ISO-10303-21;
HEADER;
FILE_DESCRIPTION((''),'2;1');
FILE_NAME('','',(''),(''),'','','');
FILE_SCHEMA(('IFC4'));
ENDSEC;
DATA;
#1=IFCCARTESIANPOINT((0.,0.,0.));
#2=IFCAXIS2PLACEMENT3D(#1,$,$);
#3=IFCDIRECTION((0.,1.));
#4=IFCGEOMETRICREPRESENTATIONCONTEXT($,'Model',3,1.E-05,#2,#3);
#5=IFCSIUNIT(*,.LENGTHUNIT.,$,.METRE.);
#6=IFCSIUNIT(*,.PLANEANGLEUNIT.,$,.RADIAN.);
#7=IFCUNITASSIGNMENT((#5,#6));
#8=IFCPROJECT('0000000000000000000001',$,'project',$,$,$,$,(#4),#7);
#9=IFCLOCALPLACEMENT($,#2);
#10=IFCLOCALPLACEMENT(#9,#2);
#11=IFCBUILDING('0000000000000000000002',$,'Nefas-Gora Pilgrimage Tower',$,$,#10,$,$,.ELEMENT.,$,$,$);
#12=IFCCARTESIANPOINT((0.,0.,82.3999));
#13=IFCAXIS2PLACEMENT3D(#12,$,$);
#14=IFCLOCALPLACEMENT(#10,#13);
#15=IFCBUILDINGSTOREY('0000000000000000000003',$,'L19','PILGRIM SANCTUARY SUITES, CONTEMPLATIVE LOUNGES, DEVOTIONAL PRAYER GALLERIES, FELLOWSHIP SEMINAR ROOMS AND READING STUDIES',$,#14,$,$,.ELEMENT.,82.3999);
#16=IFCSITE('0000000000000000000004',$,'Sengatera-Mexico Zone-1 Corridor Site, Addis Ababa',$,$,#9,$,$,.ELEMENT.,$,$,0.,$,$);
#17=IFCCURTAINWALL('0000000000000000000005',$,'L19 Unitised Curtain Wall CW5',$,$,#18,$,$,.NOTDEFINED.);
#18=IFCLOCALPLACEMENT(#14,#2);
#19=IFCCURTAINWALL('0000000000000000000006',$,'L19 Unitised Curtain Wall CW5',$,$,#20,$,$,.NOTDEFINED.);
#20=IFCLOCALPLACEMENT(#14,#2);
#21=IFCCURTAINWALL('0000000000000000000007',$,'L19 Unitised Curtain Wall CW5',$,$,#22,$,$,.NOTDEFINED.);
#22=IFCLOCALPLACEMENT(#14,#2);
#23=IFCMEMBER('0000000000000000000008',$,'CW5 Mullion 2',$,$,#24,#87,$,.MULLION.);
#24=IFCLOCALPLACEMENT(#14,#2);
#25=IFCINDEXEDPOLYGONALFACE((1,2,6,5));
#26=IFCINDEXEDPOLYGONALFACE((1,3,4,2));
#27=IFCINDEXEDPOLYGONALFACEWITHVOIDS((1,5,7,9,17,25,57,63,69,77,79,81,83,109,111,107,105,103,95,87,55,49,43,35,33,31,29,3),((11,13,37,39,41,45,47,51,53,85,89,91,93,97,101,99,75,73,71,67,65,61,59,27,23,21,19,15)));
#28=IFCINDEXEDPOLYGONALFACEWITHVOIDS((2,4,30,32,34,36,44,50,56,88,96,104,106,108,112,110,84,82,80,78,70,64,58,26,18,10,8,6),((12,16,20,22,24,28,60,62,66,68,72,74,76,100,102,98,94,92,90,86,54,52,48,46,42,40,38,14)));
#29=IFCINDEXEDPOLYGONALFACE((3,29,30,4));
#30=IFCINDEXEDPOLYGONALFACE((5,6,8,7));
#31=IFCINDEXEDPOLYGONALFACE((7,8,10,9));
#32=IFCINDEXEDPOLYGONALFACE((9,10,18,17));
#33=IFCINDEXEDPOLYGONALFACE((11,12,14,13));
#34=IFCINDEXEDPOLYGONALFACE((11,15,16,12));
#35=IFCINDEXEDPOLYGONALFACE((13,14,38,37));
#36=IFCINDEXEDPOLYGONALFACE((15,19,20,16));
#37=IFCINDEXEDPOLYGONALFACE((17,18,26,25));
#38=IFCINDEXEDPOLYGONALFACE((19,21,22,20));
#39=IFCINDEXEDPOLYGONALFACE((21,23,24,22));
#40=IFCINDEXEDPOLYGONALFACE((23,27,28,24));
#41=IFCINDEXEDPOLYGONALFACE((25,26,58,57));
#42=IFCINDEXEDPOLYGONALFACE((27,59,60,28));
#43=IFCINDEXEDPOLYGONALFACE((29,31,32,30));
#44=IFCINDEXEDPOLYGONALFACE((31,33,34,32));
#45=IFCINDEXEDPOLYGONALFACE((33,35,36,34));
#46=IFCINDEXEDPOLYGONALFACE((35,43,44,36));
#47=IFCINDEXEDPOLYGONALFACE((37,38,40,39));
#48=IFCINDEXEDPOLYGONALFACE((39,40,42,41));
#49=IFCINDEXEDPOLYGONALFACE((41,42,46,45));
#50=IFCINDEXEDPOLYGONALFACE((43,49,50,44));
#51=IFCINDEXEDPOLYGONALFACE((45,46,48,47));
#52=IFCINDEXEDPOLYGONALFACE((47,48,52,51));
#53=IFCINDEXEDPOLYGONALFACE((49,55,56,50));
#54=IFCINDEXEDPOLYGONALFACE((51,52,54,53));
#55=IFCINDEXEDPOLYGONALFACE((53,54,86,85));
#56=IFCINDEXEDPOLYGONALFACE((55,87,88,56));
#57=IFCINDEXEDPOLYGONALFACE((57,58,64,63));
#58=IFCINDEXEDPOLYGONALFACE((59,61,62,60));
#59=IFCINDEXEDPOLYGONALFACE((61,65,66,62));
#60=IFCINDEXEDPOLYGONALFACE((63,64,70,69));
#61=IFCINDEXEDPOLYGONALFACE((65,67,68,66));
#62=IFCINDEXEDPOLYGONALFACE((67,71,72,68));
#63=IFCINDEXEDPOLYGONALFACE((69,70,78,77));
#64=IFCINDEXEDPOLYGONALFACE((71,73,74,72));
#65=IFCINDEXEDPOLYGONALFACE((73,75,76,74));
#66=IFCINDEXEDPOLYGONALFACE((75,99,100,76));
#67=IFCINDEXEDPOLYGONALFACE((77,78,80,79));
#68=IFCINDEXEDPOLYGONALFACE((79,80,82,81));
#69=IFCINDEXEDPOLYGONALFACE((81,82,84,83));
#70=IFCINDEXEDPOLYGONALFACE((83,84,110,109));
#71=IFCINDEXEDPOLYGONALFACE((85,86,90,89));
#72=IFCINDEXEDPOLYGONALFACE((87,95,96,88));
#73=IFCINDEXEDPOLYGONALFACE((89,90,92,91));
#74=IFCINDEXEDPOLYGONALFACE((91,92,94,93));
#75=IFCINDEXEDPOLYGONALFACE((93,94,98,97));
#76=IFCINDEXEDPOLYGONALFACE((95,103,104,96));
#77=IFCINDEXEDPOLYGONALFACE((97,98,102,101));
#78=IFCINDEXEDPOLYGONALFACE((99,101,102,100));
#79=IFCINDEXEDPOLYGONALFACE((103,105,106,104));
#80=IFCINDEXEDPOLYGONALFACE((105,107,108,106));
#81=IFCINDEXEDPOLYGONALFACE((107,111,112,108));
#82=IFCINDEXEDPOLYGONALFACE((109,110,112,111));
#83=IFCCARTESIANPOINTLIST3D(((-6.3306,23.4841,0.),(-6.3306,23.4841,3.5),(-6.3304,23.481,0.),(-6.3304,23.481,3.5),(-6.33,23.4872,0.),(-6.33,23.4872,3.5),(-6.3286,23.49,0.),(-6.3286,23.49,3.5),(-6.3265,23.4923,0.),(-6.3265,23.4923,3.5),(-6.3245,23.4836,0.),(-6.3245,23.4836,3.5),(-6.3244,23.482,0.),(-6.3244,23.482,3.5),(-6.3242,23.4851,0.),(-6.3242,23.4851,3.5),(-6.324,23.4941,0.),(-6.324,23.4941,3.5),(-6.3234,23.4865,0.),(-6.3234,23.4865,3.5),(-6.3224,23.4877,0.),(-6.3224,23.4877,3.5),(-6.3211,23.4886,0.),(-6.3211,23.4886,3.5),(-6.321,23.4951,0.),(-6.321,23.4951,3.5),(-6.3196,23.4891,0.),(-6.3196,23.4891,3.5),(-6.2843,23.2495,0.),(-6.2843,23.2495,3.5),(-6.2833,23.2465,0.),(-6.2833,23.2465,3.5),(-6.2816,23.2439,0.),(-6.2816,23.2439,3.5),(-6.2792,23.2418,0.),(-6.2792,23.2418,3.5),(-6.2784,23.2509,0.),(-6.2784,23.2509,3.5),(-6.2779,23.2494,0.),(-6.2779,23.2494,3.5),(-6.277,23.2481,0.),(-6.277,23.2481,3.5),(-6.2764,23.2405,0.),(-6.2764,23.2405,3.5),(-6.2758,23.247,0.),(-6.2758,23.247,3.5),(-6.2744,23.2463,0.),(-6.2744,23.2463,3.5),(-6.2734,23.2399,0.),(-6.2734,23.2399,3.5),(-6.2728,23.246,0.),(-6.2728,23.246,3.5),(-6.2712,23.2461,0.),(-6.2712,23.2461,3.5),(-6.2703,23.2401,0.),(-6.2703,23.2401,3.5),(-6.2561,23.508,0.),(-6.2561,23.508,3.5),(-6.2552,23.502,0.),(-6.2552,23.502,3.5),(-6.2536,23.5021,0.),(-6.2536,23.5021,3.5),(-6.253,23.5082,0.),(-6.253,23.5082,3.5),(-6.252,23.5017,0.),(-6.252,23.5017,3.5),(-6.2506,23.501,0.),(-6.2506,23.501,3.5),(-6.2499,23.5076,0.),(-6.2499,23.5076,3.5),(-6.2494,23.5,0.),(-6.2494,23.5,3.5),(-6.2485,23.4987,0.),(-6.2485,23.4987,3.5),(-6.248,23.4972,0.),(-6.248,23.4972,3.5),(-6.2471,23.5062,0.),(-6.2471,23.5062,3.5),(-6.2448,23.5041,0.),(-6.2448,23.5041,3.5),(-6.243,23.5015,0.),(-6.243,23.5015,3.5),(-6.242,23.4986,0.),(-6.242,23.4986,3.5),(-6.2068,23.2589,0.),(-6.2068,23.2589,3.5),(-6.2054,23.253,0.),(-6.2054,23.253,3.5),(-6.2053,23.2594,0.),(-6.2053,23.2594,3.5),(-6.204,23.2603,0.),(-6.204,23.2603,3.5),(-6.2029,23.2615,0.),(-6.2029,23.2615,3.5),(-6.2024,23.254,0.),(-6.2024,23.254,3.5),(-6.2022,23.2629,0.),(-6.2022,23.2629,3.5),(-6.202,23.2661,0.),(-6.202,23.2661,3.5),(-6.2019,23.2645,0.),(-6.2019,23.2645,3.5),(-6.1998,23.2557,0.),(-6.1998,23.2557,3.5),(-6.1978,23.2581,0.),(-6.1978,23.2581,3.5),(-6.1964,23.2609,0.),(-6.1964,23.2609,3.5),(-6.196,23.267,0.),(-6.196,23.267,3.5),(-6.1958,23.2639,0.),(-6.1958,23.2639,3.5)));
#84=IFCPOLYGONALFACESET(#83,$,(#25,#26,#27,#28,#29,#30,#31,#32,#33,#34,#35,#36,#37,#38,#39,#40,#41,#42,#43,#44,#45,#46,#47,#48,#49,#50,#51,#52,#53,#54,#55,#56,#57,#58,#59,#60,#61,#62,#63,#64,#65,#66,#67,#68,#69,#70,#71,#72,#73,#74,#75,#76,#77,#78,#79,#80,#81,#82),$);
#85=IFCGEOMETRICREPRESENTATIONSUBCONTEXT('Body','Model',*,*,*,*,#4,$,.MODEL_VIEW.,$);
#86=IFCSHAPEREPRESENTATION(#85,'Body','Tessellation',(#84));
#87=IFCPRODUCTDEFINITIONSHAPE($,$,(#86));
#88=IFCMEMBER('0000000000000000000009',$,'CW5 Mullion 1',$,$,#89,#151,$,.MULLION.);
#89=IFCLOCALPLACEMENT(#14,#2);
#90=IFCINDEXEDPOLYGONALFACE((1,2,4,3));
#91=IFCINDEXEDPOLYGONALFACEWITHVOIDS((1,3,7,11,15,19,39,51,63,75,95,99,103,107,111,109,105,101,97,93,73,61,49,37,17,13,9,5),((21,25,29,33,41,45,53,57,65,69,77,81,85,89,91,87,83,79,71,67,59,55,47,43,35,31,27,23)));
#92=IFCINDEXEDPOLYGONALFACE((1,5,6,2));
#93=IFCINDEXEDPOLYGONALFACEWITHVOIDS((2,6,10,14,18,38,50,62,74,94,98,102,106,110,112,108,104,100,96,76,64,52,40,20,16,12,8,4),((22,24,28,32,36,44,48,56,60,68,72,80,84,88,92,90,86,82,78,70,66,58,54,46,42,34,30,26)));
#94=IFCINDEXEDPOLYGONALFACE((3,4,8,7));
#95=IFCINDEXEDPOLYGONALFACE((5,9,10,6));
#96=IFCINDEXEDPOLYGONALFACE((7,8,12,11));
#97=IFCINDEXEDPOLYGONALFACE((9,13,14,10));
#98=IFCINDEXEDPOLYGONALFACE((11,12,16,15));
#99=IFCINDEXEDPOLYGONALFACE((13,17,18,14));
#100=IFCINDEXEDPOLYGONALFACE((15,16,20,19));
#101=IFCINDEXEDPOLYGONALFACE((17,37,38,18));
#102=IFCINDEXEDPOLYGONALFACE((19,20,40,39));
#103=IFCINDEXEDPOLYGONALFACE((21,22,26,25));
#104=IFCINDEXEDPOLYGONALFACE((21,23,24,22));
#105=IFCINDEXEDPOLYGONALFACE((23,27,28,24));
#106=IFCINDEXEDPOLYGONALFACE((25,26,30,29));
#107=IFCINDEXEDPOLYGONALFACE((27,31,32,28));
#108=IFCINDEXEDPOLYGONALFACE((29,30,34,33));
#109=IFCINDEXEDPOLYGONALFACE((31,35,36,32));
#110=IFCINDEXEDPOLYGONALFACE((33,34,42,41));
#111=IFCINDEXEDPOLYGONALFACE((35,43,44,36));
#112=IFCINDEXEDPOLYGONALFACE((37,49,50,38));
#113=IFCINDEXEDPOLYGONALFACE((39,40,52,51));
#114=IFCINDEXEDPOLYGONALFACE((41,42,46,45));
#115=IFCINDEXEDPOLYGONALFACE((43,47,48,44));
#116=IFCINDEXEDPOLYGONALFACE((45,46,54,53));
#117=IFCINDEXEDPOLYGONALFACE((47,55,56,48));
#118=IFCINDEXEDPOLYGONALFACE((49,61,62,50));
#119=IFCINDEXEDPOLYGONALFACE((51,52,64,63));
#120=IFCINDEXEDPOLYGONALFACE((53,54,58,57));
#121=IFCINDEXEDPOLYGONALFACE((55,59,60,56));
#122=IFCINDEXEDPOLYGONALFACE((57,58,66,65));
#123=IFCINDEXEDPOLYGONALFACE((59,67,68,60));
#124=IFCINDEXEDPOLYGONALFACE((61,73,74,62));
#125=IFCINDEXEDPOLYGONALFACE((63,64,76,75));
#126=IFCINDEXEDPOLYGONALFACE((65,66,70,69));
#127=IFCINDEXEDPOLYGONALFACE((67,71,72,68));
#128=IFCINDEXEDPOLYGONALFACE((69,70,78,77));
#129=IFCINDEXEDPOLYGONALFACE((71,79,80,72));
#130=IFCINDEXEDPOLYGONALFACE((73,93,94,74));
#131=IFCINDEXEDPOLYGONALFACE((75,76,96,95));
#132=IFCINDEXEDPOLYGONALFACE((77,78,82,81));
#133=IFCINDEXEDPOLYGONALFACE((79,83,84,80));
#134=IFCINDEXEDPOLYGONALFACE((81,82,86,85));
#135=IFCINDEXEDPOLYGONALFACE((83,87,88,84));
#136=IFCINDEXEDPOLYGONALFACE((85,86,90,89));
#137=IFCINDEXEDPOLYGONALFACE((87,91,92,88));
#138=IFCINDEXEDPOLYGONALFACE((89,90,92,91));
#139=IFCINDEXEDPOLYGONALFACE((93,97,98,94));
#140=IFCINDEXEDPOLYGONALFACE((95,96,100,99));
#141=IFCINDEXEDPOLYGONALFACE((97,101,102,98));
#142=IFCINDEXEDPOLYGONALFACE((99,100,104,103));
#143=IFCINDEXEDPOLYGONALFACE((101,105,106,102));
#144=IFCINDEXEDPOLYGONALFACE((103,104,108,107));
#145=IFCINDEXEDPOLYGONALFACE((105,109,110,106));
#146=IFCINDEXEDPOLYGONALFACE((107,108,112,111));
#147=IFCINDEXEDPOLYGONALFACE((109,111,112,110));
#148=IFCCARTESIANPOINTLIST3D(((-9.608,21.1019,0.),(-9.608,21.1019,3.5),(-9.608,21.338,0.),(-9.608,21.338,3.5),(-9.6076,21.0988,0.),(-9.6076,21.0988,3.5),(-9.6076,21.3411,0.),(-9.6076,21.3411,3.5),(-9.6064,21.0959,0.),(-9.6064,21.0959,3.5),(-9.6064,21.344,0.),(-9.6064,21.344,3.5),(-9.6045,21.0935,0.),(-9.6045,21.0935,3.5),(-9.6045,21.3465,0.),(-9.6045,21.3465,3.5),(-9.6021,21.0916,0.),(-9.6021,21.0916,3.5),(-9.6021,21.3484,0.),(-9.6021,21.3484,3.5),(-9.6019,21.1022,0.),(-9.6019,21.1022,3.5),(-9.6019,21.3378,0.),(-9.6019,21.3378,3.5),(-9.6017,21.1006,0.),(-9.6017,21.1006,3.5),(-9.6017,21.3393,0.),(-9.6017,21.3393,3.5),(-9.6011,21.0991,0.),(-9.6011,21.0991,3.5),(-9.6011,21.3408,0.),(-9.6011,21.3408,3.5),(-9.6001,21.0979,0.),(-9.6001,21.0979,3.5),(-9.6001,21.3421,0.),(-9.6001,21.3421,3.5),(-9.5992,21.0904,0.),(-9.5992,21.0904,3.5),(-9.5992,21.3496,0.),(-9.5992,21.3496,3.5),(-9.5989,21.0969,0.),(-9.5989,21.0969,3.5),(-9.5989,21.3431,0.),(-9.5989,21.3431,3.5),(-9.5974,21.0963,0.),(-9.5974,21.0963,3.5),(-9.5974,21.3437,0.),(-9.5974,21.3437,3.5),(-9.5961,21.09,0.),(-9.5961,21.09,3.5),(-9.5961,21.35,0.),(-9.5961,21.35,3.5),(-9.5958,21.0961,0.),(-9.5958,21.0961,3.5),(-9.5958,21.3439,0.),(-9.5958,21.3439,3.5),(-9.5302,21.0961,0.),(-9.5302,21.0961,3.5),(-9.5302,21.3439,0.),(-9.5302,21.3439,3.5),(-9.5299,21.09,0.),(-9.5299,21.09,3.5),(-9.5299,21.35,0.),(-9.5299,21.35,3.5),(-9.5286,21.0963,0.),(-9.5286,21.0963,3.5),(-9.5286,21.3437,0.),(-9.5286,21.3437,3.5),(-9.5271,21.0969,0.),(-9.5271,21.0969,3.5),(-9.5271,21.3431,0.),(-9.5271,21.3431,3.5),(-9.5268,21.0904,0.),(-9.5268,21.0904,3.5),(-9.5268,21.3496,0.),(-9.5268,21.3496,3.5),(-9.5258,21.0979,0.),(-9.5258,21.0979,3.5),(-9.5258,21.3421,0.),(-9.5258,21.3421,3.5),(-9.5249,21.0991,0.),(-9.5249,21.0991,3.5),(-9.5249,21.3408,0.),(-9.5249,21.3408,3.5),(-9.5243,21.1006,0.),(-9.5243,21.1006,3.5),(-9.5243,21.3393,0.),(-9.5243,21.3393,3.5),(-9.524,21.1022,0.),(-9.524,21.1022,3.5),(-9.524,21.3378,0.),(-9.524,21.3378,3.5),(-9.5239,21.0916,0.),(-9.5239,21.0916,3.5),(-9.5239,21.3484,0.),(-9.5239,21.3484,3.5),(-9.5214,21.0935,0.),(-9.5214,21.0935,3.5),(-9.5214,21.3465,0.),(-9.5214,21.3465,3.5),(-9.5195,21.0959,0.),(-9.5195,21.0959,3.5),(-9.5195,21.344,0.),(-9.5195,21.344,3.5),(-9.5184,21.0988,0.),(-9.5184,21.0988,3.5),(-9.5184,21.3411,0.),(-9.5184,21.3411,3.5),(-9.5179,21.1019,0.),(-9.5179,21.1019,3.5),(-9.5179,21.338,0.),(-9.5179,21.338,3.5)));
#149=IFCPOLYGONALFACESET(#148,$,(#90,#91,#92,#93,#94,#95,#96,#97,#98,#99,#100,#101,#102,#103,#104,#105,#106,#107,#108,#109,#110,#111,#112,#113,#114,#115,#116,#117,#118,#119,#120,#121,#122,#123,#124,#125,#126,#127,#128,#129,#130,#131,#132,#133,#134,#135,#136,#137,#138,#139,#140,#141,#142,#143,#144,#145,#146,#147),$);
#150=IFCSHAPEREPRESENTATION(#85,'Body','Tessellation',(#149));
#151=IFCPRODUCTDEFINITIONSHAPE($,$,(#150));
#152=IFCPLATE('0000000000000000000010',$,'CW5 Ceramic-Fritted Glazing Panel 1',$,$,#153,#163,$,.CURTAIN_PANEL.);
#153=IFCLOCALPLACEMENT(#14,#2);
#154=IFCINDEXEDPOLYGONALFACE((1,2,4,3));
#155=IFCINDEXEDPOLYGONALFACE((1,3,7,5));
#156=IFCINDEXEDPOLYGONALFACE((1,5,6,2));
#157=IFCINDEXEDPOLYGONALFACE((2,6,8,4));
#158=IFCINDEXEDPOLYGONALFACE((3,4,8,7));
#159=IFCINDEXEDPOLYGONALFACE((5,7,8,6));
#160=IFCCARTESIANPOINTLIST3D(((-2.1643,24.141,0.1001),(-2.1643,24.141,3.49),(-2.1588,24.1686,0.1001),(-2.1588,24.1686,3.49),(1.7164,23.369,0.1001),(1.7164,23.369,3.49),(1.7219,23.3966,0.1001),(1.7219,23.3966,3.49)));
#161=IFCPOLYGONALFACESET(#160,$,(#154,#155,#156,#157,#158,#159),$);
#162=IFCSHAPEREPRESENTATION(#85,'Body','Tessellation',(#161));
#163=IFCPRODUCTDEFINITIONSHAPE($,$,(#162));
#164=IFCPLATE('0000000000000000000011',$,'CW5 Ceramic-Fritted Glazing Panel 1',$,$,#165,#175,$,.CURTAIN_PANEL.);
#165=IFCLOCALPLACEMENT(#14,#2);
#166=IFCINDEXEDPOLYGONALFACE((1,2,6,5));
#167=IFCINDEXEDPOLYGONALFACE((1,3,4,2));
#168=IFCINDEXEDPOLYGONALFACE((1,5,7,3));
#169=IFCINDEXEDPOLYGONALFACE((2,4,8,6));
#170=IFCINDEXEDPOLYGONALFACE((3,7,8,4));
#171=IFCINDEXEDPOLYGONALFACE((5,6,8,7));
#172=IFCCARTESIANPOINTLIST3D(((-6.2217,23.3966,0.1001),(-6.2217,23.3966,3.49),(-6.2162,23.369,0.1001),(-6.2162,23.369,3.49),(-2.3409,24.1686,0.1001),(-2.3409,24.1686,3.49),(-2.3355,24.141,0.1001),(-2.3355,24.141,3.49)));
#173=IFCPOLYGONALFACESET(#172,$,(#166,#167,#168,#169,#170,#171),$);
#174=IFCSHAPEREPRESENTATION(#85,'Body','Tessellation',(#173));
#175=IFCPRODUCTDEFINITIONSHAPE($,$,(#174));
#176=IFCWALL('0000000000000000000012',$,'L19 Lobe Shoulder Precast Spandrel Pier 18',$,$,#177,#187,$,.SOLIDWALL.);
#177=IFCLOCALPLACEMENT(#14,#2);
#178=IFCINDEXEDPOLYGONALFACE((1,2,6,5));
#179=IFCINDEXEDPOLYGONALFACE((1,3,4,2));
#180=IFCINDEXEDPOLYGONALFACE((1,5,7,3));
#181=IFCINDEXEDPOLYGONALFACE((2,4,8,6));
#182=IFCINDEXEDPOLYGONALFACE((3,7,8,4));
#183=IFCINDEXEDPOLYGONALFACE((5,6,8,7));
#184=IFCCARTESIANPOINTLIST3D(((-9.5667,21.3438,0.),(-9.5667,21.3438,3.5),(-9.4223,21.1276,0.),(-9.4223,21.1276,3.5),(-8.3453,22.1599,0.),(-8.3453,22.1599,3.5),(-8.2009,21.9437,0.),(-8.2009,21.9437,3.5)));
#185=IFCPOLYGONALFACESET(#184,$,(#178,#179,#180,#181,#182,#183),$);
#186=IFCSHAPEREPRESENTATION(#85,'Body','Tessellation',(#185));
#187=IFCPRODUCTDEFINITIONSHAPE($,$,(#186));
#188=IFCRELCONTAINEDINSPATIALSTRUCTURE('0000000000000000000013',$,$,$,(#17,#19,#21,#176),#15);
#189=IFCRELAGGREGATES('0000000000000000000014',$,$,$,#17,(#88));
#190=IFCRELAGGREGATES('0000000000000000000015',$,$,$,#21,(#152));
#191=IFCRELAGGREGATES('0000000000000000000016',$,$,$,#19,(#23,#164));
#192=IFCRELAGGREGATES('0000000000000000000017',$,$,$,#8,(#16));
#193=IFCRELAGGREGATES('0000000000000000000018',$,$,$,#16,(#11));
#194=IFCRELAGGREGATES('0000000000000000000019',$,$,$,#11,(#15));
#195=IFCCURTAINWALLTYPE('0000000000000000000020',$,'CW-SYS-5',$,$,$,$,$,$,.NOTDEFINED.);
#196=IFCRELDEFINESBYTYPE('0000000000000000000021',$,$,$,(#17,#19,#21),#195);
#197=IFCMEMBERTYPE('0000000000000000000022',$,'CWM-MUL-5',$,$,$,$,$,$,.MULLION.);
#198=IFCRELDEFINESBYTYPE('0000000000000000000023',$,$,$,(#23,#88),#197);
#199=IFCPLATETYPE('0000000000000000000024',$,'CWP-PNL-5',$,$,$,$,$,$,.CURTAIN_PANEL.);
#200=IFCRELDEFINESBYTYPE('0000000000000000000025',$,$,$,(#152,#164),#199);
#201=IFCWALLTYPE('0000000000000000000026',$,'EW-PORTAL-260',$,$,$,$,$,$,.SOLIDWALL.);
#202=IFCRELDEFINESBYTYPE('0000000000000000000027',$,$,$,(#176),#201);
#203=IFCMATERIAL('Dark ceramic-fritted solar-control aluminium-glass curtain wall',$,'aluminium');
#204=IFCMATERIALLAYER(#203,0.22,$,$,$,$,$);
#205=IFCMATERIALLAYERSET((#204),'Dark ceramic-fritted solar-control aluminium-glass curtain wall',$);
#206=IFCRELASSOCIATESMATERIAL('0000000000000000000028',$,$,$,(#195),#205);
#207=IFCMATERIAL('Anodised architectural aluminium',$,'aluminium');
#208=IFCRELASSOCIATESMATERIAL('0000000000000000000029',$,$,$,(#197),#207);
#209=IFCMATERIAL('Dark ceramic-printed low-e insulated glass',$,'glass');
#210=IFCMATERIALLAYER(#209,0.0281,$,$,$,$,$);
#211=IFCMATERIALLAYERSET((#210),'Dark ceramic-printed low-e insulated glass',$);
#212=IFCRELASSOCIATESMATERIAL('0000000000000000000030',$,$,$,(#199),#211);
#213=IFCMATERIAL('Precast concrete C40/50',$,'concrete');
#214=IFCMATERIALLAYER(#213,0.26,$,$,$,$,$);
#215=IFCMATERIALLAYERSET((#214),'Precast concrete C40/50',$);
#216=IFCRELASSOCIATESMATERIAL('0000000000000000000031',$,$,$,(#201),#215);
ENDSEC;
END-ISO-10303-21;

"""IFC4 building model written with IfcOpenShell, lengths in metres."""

from ifc_helpers import new_model, si_unit, direction, frame, frame_2d, origin, origin_2d, place, context, subcontext, project, spatial, rectangle, hollow_rectangle, extrude, source, transform, mapped, material, layer, layer_set, material_profile, profile_set, type_object, element, aggregate, save


model = new_model("IFC4")

# Units and contexts
model_context = context("Model", 3, precision=1e-05, world=origin(), true_north=direction((0.0, 1.0)))
body_context = subcontext(model_context, "Body", "Model", "MODEL_VIEW")
ifc_project = project(units=[si_unit("LENGTHUNIT", "METRE"), si_unit("PLANEANGLEUNIT", "RADIAN")], contexts=[model_context])

# Site, building, storey
site_placement = place(None, origin())
site = spatial("IfcSite", under=ifc_project, at=site_placement, Name="Sengatera-Mexico Zone-1 Corridor Site, Addis Ababa", CompositionType="ELEMENT", RefElevation=0.0)
building_placement = place(site_placement, origin())
building = spatial("IfcBuilding", under=site, at=building_placement, Name="Nefas-Gora Pilgrimage Tower", CompositionType="ELEMENT")
storey_placement = place(building_placement, frame((0.0, 0.0, 82.3999)))
storey = spatial("IfcBuildingStorey", under=building, at=storey_placement, Name="L19", Description="PILGRIM SANCTUARY SUITES, CONTEMPLATIVE LOUNGES, DEVOTIONAL PRAYER GALLERIES, FELLOWSHIP SEMINAR ROOMS AND READING STUDIES", CompositionType="ELEMENT", Elevation=82.3999)

# Curtain walls
ifc_material_1 = material(Name="Dark ceramic-fritted solar-control aluminium-glass curtain wall", Category="aluminium")
ifc_layer_1 = layer(ifc_material_1, 0.22)
ifc_layer_set_1 = layer_set([ifc_layer_1], Name="Dark ceramic-fritted solar-control aluminium-glass curtain wall")
curtain_wall_type = type_object("IfcCurtainWallType", Name="CW-SYS-5", PredefinedType="NOTDEFINED", material=ifc_layer_set_1)
curtain_wall_1_placement = place(storey_placement, origin())
curtain_wall_1 = element("IfcCurtainWall", 1, at=curtain_wall_1_placement, inside=storey, type_object=curtain_wall_type, Name="L19 Unitised Curtain Wall CW5", PredefinedType="NOTDEFINED")
ifc_material_2 = material(Name="Anodised architectural aluminium", Category="aluminium")
curtain_wall_2_placement = place(storey_placement, origin())
curtain_wall_2 = element("IfcCurtainWall", 2, at=curtain_wall_2_placement, inside=storey, type_object=curtain_wall_type, Name="L19 Unitised Curtain Wall CW5", PredefinedType="NOTDEFINED")
curtain_wall_3_placement = place(storey_placement, origin())
curtain_wall_3 = element("IfcCurtainWall", 3, at=curtain_wall_3_placement, inside=storey, type_object=curtain_wall_type, Name="L19 Unitised Curtain Wall CW5", PredefinedType="NOTDEFINED")
ifc_material_profile_1 = material_profile(ifc_material_2, hollow_rectangle(XDim=0.0901, YDim=0.26, WallThickness=0.0061, InnerFilletRadius=0.0061, OuterFilletRadius=0.012, at=origin_2d()), Name="ALU MULLION 90x260")
ifc_profile_set_1 = profile_set([ifc_material_profile_1], Name="Anodised architectural aluminium")
member_type_1 = type_object("IfcMemberType", Name="CWM-MUL-5", PredefinedType="MULLION", material=ifc_profile_set_1)
shared_shape_1 = source(origin(), body_context, "Body", "SweptSolid", [
    extrude(hollow_rectangle(XDim=0.0901, YDim=0.26, WallThickness=0.0061, InnerFilletRadius=0.0061, OuterFilletRadius=0.012, at=origin_2d()), origin(), (0.0, 0.0, 1.0), 3.5),
])

# Members
member_1_placement = place(storey_placement, frame((-6.2632, 23.374, 0.0), z_axis=(0.0, 0.0, 1.0), x_axis=(-0.980783, -0.195102, 0.0)))
member_1 = element("IfcMember", 4, at=member_1_placement, type_object=member_type_1, Name="CW5 Mullion 2", PredefinedType="MULLION", context=body_context, shape_type="MappedRepresentation", body=[
    mapped(shared_shape_1, transform((0.0, 0.0, 0.0), x_axis=(1.0, 0.0, 0.0), y_axis=(0.0, 1.0, 0.0), z_axis=(0.0, 0.0, 1.0), scale=1.0)),
])
member_2_placement = place(storey_placement, frame((-9.563, 21.22, 0.0), z_axis=(0.0, 0.0, 1.0), x_axis=(-1.0, 0.0, 0.0)))
member_2 = element("IfcMember", 5, at=member_2_placement, type_object=member_type_1, Name="CW5 Mullion 1", PredefinedType="MULLION", context=body_context, shape_type="MappedRepresentation", body=[
    mapped(shared_shape_1, transform((0.0, 0.0, 0.0), x_axis=(1.0, 0.0, 0.0), y_axis=(0.0, 1.0, 0.0), z_axis=(0.0, 0.0, 1.0), scale=1.0)),
])
aggregate(curtain_wall_1, [member_2])

# Plates
ifc_material_3 = material(Name="Dark ceramic-printed low-e insulated glass", Category="glass")
ifc_layer_2 = layer(ifc_material_3, 0.0281)
ifc_layer_set_2 = layer_set([ifc_layer_2], Name="Dark ceramic-printed low-e insulated glass")
plate_type = type_object("IfcPlateType", Name="CWP-PNL-5", PredefinedType="CURTAIN_PANEL", material=ifc_layer_set_2)
shared_shape_2 = source(origin(), body_context, "Body", "SweptSolid", [
    extrude(rectangle(XDim=3.9568, YDim=0.0281, at=origin_2d()), origin(), (0.0, 0.0, 1.0), 3.3899),
])
plate_1_placement = place(storey_placement, frame((-0.2212, 23.7688, 0.1001), z_axis=(0.0, 0.0, 1.0), x_axis=(-0.980783, 0.195102, 0.0)))
plate_1 = element("IfcPlate", 6, at=plate_1_placement, type_object=plate_type, Name="CW5 Ceramic-Fritted Glazing Panel 1", PredefinedType="CURTAIN_PANEL", context=body_context, shape_type="MappedRepresentation", body=[
    mapped(shared_shape_2, transform((0.0, 0.0, 0.0), x_axis=(1.0, 0.0, 0.0), y_axis=(0.0, 1.0, 0.0), z_axis=(0.0, 0.0, 1.0), scale=1.0)),
])
aggregate(curtain_wall_3, [plate_1])
plate_2_placement = place(storey_placement, frame((-4.2786, 23.7688, 0.1001), z_axis=(0.0, 0.0, 1.0), x_axis=(-0.980783, -0.195102, 0.0)))
plate_2 = element("IfcPlate", 7, at=plate_2_placement, type_object=plate_type, Name="CW5 Ceramic-Fritted Glazing Panel 1", PredefinedType="CURTAIN_PANEL", context=body_context, shape_type="MappedRepresentation", body=[
    mapped(shared_shape_2, transform((0.0, 0.0, 0.0), x_axis=(1.0, 0.0, 0.0), y_axis=(0.0, 1.0, 0.0), z_axis=(0.0, 0.0, 1.0), scale=1.0)),
])
aggregate(curtain_wall_2, [member_1, plate_2])

# Wall
ifc_material_4 = material(Name="Precast concrete C40/50", Category="concrete")
ifc_layer_3 = layer(ifc_material_4, 0.26)
ifc_layer_set_3 = layer_set([ifc_layer_3], Name="Precast concrete C40/50")
wall_type_1 = type_object("IfcWallType", Name="EW-PORTAL-260", PredefinedType="SOLIDWALL", material=ifc_layer_set_3)
shared_shape_3 = source(origin(), body_context, "Body", "SweptSolid", [
    extrude(rectangle(XDim=1.469, YDim=0.26, at=frame_2d((0.7344, 0.0))), origin(), (0.0, 0.0, 1.0), 3.5),
])
wall_1_placement = place(storey_placement, frame((-8.2732, 22.0518, 0.0), z_axis=(0.0, 0.0, 1.0), x_axis=(-0.831462, -0.555582, 0.0)))
element("IfcWall", 8, at=wall_1_placement, inside=storey, type_object=wall_type_1, Name="L19 Lobe Shoulder Precast Spandrel Pier 18", PredefinedType="SOLIDWALL", context=body_context, shape_type="MappedRepresentation", body=[
    mapped(shared_shape_3, transform((0.0, 0.0, 0.0), x_axis=(1.0, 0.0, 0.0), y_axis=(0.0, 1.0, 0.0), z_axis=(0.0, 0.0, 1.0), scale=1.0)),
])

save(model, "model.ifc")
